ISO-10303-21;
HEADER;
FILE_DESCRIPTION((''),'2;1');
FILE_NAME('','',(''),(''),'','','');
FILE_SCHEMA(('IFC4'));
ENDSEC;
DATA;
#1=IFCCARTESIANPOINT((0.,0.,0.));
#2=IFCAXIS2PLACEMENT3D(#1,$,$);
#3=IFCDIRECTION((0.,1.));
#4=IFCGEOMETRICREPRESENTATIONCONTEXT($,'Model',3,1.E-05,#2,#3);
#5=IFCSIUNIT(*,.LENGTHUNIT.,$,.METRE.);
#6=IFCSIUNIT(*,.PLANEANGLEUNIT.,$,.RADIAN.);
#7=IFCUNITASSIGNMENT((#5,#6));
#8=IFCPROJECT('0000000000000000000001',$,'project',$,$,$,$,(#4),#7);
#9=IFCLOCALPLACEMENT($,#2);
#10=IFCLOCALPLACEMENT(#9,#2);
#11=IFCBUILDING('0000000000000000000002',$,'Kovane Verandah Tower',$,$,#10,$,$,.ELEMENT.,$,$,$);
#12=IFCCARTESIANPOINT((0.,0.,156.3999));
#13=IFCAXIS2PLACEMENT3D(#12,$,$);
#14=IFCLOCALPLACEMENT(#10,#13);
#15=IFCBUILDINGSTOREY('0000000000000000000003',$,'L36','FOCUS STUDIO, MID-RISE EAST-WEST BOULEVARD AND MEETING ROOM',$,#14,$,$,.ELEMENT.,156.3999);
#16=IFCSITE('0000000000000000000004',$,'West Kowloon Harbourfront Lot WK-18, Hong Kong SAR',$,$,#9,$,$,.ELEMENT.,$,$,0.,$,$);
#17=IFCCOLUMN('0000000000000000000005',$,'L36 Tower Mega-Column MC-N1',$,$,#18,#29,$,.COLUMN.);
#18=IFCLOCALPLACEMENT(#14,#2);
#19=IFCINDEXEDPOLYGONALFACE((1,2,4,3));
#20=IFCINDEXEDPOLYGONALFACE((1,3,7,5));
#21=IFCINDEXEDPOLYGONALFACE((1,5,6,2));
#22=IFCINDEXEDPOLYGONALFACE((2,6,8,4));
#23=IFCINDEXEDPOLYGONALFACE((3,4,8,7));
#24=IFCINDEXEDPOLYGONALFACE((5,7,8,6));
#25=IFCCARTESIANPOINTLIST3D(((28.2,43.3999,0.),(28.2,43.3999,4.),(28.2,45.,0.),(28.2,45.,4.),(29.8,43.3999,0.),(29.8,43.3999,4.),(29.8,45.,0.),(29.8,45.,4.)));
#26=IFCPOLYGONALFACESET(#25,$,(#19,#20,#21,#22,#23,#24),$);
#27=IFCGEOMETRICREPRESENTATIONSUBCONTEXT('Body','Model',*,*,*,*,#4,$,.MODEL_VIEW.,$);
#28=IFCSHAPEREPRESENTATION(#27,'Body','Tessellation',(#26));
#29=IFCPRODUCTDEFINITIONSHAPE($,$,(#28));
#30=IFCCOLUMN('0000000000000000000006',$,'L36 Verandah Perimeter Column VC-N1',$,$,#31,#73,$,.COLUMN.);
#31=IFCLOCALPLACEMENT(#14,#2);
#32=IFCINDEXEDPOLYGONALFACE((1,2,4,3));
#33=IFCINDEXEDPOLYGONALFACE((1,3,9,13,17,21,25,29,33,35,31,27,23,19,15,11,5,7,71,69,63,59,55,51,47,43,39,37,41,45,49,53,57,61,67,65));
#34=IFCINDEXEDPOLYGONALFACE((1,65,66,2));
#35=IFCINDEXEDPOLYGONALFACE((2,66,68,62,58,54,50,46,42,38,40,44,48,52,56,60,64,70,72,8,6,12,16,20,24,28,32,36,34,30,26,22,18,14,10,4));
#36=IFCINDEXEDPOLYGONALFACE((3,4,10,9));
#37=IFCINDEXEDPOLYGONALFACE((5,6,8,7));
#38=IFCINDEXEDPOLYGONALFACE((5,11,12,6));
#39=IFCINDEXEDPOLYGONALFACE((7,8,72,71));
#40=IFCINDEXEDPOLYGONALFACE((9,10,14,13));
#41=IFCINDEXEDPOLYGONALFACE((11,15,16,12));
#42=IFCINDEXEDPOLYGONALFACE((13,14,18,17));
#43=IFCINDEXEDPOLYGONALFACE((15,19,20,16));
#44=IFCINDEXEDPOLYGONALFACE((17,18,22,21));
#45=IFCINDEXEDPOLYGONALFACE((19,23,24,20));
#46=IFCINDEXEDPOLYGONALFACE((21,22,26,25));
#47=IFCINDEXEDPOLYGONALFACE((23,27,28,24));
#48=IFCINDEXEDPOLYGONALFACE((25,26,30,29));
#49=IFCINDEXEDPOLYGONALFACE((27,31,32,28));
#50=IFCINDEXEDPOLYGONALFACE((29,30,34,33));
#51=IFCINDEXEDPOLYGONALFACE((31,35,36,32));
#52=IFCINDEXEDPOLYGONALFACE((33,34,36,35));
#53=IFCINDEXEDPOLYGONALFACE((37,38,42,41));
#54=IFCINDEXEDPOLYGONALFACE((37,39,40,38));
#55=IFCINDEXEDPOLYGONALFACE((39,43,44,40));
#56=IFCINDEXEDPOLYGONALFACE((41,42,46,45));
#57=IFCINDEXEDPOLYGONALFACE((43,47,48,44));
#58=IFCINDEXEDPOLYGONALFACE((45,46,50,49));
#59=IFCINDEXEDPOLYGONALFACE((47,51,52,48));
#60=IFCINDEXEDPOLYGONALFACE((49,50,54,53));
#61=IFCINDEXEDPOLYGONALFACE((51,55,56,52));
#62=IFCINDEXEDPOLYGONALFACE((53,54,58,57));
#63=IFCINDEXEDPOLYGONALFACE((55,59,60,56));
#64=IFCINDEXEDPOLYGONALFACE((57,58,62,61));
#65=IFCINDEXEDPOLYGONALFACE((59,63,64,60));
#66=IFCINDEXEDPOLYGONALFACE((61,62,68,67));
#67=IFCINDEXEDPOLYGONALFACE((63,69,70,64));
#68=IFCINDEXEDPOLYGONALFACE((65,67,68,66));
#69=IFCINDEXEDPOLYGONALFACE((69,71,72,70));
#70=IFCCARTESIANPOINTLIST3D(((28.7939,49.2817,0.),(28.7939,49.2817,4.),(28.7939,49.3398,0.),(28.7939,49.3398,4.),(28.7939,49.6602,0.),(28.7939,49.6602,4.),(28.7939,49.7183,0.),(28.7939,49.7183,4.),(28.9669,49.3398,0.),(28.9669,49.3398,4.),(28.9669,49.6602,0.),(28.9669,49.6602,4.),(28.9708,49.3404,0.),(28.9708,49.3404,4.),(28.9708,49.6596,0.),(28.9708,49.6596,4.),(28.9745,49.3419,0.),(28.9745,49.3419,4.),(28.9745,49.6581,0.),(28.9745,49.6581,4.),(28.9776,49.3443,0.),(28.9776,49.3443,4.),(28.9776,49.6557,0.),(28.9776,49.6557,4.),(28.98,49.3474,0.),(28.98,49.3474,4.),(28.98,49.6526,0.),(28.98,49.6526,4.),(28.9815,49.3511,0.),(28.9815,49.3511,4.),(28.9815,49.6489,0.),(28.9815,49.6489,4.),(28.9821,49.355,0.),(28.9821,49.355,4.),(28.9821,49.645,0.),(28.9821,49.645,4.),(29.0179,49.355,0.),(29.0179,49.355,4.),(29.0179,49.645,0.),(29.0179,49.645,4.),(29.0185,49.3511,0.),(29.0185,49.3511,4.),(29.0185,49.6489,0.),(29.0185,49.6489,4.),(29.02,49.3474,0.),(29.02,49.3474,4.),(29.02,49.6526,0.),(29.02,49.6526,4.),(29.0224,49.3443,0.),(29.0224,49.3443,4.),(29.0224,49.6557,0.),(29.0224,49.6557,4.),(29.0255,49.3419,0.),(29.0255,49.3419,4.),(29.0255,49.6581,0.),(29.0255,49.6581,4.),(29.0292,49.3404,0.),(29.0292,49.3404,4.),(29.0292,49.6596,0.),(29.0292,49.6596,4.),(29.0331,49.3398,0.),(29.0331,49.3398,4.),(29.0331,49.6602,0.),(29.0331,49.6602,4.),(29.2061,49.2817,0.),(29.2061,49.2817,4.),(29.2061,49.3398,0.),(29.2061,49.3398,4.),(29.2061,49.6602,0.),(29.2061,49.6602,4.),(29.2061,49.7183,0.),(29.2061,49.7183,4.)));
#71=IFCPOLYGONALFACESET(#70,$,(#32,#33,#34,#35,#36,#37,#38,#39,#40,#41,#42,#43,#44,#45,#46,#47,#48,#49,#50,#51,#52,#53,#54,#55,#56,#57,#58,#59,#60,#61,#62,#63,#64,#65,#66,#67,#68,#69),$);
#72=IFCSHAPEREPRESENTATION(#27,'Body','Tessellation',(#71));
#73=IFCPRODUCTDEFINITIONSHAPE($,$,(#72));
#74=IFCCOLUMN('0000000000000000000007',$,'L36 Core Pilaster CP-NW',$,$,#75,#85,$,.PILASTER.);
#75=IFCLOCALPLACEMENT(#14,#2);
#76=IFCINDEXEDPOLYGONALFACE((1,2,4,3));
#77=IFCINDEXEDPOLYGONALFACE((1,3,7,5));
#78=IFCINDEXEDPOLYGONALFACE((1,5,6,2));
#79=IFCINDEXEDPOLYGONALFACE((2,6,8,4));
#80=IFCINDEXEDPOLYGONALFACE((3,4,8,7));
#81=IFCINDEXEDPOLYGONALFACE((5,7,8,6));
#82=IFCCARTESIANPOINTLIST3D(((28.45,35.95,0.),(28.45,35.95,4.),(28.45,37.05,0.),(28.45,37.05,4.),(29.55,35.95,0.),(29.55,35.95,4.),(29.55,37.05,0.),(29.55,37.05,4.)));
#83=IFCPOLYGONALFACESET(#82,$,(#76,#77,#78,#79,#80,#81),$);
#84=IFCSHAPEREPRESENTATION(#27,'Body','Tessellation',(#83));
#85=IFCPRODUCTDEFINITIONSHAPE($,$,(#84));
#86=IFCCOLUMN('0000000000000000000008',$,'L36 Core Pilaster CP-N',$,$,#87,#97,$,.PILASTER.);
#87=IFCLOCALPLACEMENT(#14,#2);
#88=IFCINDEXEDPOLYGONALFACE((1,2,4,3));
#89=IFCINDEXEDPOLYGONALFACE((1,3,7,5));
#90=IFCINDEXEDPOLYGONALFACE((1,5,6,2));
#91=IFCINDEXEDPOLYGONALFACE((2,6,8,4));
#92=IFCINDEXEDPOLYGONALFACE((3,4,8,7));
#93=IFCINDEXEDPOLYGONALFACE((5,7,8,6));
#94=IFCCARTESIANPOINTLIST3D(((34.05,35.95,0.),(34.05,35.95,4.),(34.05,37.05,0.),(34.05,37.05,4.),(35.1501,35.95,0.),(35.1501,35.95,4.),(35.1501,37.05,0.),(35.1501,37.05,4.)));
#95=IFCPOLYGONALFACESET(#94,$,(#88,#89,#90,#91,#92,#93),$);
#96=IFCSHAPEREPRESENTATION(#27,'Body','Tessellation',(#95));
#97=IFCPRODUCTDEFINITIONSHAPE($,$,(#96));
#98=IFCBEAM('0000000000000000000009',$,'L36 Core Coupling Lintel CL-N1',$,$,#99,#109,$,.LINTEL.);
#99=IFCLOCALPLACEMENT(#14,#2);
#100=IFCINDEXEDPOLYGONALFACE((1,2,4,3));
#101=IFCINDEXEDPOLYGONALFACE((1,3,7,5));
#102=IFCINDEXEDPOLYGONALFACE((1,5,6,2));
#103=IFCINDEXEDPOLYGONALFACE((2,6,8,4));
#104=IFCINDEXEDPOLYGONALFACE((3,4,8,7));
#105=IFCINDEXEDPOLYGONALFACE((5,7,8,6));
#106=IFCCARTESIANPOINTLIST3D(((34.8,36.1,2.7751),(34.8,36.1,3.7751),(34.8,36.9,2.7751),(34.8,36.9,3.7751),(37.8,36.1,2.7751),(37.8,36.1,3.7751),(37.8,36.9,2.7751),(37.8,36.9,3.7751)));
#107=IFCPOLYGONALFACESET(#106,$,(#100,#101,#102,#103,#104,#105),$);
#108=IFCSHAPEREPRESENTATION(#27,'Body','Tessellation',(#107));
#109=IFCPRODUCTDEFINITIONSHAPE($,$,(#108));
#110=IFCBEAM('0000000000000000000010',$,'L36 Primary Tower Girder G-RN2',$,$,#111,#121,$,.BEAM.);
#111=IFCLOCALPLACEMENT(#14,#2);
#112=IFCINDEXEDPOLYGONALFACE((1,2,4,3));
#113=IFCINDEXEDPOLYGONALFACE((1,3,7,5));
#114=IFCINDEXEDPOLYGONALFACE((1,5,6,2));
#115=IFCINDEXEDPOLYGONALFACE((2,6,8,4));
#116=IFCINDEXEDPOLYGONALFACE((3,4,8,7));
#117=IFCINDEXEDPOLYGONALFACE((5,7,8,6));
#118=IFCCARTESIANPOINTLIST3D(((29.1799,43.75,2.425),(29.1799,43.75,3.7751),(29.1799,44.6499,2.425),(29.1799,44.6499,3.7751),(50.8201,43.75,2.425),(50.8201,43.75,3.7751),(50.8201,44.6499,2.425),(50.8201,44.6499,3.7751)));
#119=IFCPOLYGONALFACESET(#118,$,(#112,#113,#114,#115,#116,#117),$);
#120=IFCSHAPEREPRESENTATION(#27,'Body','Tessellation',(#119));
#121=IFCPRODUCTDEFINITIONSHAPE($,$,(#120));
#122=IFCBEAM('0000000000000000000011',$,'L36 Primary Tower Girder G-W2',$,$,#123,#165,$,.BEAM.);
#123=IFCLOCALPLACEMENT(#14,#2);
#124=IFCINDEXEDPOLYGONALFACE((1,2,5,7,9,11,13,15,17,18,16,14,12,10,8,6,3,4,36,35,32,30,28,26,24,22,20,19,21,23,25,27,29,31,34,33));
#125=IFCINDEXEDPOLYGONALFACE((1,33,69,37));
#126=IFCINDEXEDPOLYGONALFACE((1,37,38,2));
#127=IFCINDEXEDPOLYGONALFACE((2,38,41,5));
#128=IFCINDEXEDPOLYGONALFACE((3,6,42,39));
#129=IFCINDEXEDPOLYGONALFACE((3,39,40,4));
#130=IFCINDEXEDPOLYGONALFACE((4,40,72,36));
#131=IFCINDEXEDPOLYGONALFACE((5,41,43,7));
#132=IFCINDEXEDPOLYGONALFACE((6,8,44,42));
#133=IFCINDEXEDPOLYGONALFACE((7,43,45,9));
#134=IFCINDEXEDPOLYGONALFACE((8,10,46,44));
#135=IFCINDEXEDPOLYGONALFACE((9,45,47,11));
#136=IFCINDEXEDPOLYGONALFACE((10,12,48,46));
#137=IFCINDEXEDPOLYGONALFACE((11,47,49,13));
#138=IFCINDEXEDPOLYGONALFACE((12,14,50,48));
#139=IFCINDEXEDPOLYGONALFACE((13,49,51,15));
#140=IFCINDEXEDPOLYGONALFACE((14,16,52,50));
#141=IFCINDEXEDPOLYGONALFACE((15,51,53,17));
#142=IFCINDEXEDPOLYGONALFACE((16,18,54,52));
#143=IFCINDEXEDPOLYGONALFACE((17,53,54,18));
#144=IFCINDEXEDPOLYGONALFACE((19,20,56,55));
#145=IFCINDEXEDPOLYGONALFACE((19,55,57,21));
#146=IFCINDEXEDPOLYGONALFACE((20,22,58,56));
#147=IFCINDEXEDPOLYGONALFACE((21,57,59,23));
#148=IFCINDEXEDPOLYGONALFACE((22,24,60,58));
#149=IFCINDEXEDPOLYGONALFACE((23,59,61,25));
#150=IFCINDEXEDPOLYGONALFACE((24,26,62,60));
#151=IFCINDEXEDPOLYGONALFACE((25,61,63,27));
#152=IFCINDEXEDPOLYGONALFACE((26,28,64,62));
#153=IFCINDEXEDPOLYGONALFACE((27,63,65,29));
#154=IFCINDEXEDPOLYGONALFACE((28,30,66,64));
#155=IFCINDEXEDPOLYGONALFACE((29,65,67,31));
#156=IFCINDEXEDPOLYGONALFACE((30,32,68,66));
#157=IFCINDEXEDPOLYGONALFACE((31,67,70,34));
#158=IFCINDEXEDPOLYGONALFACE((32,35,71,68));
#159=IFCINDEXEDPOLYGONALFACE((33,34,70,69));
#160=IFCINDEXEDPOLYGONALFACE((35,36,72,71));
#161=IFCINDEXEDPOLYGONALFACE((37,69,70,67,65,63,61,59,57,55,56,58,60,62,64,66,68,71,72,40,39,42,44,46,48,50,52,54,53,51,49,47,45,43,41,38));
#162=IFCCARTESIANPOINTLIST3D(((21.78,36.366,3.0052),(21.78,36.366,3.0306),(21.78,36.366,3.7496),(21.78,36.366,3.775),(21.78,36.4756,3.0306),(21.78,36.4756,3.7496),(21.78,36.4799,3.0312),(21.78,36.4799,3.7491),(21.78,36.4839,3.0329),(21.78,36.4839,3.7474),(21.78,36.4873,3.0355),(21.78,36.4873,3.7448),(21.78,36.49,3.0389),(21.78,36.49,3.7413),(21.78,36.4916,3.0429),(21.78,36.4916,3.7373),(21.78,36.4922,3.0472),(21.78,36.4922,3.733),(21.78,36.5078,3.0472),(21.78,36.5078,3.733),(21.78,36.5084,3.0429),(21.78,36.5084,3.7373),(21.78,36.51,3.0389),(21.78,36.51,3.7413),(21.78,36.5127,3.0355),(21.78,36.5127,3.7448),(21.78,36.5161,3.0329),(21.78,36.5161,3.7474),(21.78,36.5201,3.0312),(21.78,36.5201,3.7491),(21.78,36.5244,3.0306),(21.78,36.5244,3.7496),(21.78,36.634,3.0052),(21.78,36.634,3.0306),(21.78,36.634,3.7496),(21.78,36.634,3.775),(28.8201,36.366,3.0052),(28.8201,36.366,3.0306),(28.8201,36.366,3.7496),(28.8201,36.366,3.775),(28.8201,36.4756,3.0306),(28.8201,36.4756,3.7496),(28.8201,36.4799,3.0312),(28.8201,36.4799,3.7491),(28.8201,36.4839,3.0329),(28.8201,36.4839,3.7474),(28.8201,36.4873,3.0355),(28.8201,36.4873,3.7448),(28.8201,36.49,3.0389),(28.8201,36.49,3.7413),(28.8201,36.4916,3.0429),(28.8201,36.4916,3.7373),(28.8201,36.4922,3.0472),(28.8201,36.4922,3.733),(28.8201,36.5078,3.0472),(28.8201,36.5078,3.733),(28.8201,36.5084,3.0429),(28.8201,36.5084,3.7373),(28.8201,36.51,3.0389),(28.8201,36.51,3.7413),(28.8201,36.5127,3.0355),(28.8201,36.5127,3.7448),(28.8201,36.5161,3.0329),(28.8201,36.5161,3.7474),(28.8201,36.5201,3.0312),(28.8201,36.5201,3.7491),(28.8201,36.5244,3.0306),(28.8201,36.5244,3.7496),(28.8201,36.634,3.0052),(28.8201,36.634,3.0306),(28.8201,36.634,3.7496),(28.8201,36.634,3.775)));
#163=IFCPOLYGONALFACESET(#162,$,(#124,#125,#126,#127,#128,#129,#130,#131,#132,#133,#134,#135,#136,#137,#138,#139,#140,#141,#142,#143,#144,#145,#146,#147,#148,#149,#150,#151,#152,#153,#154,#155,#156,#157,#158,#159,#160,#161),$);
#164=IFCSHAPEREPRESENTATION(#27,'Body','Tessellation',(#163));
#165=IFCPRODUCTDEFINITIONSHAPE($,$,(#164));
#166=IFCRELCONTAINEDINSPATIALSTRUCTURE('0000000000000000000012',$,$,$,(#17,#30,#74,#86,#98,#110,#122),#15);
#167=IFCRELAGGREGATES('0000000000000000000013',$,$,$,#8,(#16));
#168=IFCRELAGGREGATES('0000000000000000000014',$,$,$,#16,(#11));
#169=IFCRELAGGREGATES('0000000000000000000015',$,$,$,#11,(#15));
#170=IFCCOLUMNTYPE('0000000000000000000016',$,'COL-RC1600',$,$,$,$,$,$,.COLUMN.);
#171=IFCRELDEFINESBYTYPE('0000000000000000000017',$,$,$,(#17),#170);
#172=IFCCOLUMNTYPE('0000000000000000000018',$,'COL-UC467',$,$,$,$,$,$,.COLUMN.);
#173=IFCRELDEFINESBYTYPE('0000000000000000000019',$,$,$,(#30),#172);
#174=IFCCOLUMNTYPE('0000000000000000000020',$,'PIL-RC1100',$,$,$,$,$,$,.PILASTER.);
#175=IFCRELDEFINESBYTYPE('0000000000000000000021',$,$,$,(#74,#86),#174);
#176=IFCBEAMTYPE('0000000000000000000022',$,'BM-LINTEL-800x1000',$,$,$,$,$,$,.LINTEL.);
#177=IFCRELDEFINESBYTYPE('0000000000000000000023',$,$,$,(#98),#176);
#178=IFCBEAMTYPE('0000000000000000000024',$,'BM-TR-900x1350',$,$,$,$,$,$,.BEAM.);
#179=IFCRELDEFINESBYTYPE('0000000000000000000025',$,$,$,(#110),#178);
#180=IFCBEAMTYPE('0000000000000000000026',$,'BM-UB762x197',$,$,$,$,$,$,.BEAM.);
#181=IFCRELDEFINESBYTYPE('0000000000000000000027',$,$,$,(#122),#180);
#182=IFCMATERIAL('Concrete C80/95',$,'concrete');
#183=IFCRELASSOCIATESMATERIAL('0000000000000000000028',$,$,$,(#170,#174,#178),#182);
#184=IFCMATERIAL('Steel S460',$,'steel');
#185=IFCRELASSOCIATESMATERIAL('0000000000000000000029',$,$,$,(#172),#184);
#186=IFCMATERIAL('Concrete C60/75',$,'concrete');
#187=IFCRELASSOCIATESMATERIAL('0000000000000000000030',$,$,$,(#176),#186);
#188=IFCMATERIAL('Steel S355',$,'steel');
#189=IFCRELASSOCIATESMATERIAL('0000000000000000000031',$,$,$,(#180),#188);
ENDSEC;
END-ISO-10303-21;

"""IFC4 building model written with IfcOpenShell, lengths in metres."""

from ifc_helpers import new_model, si_unit, direction, frame, origin, origin_2d, place, context, subcontext, project, spatial, rectangle, i_section, extrude, material, material_profile, profile_set, type_object, element, save


model = new_model("IFC4")

# Units and contexts
model_context = context("Model", 3, precision=1e-05, world=origin(), true_north=direction((0.0, 1.0)))
body_context = subcontext(model_context, "Body", "Model", "MODEL_VIEW")
ifc_project = project(units=[si_unit("LENGTHUNIT", "METRE"), si_unit("PLANEANGLEUNIT", "RADIAN")], contexts=[model_context])

# Site, building, storey
site_placement = place(None, origin())
site = spatial("IfcSite", under=ifc_project, at=site_placement, Name="West Kowloon Harbourfront Lot WK-18, Hong Kong SAR", CompositionType="ELEMENT", RefElevation=0.0)
building_placement = place(site_placement, origin())
building = spatial("IfcBuilding", under=site, at=building_placement, Name="Kovane Verandah Tower", CompositionType="ELEMENT")
storey_placement = place(building_placement, frame((0.0, 0.0, 156.3999)))
storey = spatial("IfcBuildingStorey", under=building, at=storey_placement, Name="L36", Description="FOCUS STUDIO, MID-RISE EAST-WEST BOULEVARD AND MEETING ROOM", CompositionType="ELEMENT", Elevation=156.3999)

# Columns
ifc_material_1 = material(Name="Concrete C80/95", Category="concrete")
ifc_material_profile_1 = material_profile(ifc_material_1, rectangle(XDim=1.6001, YDim=1.6001, at=origin_2d()), Name="RC1600x1600")
ifc_profile_set_1 = profile_set([ifc_material_profile_1], Name="Concrete C80/95")
column_type_1 = type_object("IfcColumnType", Name="COL-RC1600", PredefinedType="COLUMN", material=ifc_profile_set_1)
column_1_placement = place(storey_placement, frame((29.0, 44.2, 0.0), z_axis=(0.0, 0.0, 1.0), x_axis=(1.0, 0.0, 0.0)))
element("IfcColumn", 1, at=column_1_placement, inside=storey, type_object=column_type_1, Name="L36 Tower Mega-Column MC-N1", PredefinedType="COLUMN", context=body_context, shape_type="SweptSolid", body=[
    extrude(rectangle(XDim=1.6001, YDim=1.6001, at=origin_2d()), origin(), (0.0, 0.0, 1.0), 4.0),
])
ifc_material_2 = material(Name="Steel S460", Category="steel")
ifc_material_profile_2 = material_profile(ifc_material_2, i_section(OverallWidth=0.4121, OverallDepth=0.4365, WebThickness=0.0359, FlangeThickness=0.0581, FilletRadius=0.0151, at=origin_2d()), Name="UC356x406x467")
ifc_profile_set_2 = profile_set([ifc_material_profile_2], Name="Steel S460")
column_type_2 = type_object("IfcColumnType", Name="COL-UC467", PredefinedType="COLUMN", material=ifc_profile_set_2)
column_2_placement = place(storey_placement, frame((29.0, 49.5, 0.0), z_axis=(0.0, 0.0, 1.0), x_axis=(1.0, 0.0, 0.0)))
element("IfcColumn", 2, at=column_2_placement, inside=storey, type_object=column_type_2, Name="L36 Verandah Perimeter Column VC-N1", PredefinedType="COLUMN", context=body_context, shape_type="SweptSolid", body=[
    extrude(i_section(OverallWidth=0.4121, OverallDepth=0.4365, WebThickness=0.0359, FlangeThickness=0.0581, FilletRadius=0.0151, at=origin_2d()), origin(), (0.0, 0.0, 1.0), 4.0),
])
ifc_material_profile_3 = material_profile(ifc_material_1, rectangle(XDim=1.1001, YDim=1.1001, at=origin_2d()), Name="RC1100x1100")
ifc_profile_set_3 = profile_set([ifc_material_profile_3], Name="Concrete C80/95")
column_type_3 = type_object("IfcColumnType", Name="PIL-RC1100", PredefinedType="PILASTER", material=ifc_profile_set_3)
for number, where, z_axis, x_axis, name in (
    (3, (29.0, 36.5, 0.0), (0.0, 0.0, 1.0), (1.0, 0.0, 0.0), "L36 Core Pilaster CP-NW"),
    (4, (34.6001, 36.5, 0.0), (0.0, 0.0, 1.0), (1.0, 0.0, 0.0), "L36 Core Pilaster CP-N"),
):
    element("IfcColumn", number, at=place(storey_placement, frame(where, z_axis=z_axis, x_axis=x_axis)), inside=storey, type_object=column_type_3, Name=name, PredefinedType="PILASTER", context=body_context, shape_type="SweptSolid", body=[
        extrude(rectangle(XDim=1.1001, YDim=1.1001, at=origin_2d()), origin(), (0.0, 0.0, 1.0), 4.0),
    ])

# Beams
ifc_material_3 = material(Name="Concrete C60/75", Category="concrete")
ifc_material_profile_4 = material_profile(ifc_material_3, rectangle(XDim=0.8, YDim=1.0, at=origin_2d()), Name="RCB800x1000")
ifc_profile_set_4 = profile_set([ifc_material_profile_4], Name="Concrete C60/75")
beam_type_1 = type_object("IfcBeamType", Name="BM-LINTEL-800x1000", PredefinedType="LINTEL", material=ifc_profile_set_4)
beam_1_placement = place(storey_placement, frame((34.8, 36.5, 3.2751), z_axis=(1.0, 0.0, 0.0), x_axis=(0.0, 1.0, 0.0)))
element("IfcBeam", 5, at=beam_1_placement, inside=storey, type_object=beam_type_1, Name="L36 Core Coupling Lintel CL-N1", PredefinedType="LINTEL", context=body_context, shape_type="SweptSolid", body=[
    extrude(rectangle(XDim=0.8, YDim=1.0, at=origin_2d()), origin(), (0.0, 0.0, 1.0), 3.0),
])
ifc_material_profile_5 = material_profile(ifc_material_1, rectangle(XDim=0.8999, YDim=1.3501, at=origin_2d()), Name="RCB900x1350")
ifc_profile_set_5 = profile_set([ifc_material_profile_5], Name="Concrete C80/95")
beam_type_2 = type_object("IfcBeamType", Name="BM-TR-900x1350", PredefinedType="BEAM", material=ifc_profile_set_5)
beam_2_placement = place(storey_placement, frame((29.1799, 44.2, 3.1001), z_axis=(1.0, 0.0, 0.0), x_axis=(0.0, 1.0, 0.0)))
element("IfcBeam", 6, at=beam_2_placement, inside=storey, type_object=beam_type_2, Name="L36 Primary Tower Girder G-RN2", PredefinedType="BEAM", context=body_context, shape_type="SweptSolid", body=[
    extrude(rectangle(XDim=0.8999, YDim=1.3501, at=origin_2d()), origin(), (0.0, 0.0, 1.0), 21.6401),
])
ifc_material_4 = material(Name="Steel S355", Category="steel")
ifc_material_profile_6 = material_profile(ifc_material_4, i_section(OverallWidth=0.2681, OverallDepth=0.7698, WebThickness=0.0156, FlangeThickness=0.0254, FilletRadius=0.0166, at=origin_2d()), Name="UB762x267x197")
ifc_profile_set_6 = profile_set([ifc_material_profile_6], Name="Steel S355")
beam_type_3 = type_object("IfcBeamType", Name="BM-UB762x197", PredefinedType="BEAM", material=ifc_profile_set_6)
beam_3_placement = place(storey_placement, frame((28.8201, 36.5, 3.3901), z_axis=(-1.0, 0.0, 0.0), x_axis=(0.0, -1.0, 0.0)))
element("IfcBeam", 7, at=beam_3_placement, inside=storey, type_object=beam_type_3, Name="L36 Primary Tower Girder G-W2", PredefinedType="BEAM", context=body_context, shape_type="SweptSolid", body=[
    extrude(i_section(OverallWidth=0.2681, OverallDepth=0.7698, WebThickness=0.0156, FlangeThickness=0.0254, FilletRadius=0.0166, at=origin_2d()), origin(), (0.0, 0.0, 1.0), 7.04),
])

save(model, "model.ifc")
